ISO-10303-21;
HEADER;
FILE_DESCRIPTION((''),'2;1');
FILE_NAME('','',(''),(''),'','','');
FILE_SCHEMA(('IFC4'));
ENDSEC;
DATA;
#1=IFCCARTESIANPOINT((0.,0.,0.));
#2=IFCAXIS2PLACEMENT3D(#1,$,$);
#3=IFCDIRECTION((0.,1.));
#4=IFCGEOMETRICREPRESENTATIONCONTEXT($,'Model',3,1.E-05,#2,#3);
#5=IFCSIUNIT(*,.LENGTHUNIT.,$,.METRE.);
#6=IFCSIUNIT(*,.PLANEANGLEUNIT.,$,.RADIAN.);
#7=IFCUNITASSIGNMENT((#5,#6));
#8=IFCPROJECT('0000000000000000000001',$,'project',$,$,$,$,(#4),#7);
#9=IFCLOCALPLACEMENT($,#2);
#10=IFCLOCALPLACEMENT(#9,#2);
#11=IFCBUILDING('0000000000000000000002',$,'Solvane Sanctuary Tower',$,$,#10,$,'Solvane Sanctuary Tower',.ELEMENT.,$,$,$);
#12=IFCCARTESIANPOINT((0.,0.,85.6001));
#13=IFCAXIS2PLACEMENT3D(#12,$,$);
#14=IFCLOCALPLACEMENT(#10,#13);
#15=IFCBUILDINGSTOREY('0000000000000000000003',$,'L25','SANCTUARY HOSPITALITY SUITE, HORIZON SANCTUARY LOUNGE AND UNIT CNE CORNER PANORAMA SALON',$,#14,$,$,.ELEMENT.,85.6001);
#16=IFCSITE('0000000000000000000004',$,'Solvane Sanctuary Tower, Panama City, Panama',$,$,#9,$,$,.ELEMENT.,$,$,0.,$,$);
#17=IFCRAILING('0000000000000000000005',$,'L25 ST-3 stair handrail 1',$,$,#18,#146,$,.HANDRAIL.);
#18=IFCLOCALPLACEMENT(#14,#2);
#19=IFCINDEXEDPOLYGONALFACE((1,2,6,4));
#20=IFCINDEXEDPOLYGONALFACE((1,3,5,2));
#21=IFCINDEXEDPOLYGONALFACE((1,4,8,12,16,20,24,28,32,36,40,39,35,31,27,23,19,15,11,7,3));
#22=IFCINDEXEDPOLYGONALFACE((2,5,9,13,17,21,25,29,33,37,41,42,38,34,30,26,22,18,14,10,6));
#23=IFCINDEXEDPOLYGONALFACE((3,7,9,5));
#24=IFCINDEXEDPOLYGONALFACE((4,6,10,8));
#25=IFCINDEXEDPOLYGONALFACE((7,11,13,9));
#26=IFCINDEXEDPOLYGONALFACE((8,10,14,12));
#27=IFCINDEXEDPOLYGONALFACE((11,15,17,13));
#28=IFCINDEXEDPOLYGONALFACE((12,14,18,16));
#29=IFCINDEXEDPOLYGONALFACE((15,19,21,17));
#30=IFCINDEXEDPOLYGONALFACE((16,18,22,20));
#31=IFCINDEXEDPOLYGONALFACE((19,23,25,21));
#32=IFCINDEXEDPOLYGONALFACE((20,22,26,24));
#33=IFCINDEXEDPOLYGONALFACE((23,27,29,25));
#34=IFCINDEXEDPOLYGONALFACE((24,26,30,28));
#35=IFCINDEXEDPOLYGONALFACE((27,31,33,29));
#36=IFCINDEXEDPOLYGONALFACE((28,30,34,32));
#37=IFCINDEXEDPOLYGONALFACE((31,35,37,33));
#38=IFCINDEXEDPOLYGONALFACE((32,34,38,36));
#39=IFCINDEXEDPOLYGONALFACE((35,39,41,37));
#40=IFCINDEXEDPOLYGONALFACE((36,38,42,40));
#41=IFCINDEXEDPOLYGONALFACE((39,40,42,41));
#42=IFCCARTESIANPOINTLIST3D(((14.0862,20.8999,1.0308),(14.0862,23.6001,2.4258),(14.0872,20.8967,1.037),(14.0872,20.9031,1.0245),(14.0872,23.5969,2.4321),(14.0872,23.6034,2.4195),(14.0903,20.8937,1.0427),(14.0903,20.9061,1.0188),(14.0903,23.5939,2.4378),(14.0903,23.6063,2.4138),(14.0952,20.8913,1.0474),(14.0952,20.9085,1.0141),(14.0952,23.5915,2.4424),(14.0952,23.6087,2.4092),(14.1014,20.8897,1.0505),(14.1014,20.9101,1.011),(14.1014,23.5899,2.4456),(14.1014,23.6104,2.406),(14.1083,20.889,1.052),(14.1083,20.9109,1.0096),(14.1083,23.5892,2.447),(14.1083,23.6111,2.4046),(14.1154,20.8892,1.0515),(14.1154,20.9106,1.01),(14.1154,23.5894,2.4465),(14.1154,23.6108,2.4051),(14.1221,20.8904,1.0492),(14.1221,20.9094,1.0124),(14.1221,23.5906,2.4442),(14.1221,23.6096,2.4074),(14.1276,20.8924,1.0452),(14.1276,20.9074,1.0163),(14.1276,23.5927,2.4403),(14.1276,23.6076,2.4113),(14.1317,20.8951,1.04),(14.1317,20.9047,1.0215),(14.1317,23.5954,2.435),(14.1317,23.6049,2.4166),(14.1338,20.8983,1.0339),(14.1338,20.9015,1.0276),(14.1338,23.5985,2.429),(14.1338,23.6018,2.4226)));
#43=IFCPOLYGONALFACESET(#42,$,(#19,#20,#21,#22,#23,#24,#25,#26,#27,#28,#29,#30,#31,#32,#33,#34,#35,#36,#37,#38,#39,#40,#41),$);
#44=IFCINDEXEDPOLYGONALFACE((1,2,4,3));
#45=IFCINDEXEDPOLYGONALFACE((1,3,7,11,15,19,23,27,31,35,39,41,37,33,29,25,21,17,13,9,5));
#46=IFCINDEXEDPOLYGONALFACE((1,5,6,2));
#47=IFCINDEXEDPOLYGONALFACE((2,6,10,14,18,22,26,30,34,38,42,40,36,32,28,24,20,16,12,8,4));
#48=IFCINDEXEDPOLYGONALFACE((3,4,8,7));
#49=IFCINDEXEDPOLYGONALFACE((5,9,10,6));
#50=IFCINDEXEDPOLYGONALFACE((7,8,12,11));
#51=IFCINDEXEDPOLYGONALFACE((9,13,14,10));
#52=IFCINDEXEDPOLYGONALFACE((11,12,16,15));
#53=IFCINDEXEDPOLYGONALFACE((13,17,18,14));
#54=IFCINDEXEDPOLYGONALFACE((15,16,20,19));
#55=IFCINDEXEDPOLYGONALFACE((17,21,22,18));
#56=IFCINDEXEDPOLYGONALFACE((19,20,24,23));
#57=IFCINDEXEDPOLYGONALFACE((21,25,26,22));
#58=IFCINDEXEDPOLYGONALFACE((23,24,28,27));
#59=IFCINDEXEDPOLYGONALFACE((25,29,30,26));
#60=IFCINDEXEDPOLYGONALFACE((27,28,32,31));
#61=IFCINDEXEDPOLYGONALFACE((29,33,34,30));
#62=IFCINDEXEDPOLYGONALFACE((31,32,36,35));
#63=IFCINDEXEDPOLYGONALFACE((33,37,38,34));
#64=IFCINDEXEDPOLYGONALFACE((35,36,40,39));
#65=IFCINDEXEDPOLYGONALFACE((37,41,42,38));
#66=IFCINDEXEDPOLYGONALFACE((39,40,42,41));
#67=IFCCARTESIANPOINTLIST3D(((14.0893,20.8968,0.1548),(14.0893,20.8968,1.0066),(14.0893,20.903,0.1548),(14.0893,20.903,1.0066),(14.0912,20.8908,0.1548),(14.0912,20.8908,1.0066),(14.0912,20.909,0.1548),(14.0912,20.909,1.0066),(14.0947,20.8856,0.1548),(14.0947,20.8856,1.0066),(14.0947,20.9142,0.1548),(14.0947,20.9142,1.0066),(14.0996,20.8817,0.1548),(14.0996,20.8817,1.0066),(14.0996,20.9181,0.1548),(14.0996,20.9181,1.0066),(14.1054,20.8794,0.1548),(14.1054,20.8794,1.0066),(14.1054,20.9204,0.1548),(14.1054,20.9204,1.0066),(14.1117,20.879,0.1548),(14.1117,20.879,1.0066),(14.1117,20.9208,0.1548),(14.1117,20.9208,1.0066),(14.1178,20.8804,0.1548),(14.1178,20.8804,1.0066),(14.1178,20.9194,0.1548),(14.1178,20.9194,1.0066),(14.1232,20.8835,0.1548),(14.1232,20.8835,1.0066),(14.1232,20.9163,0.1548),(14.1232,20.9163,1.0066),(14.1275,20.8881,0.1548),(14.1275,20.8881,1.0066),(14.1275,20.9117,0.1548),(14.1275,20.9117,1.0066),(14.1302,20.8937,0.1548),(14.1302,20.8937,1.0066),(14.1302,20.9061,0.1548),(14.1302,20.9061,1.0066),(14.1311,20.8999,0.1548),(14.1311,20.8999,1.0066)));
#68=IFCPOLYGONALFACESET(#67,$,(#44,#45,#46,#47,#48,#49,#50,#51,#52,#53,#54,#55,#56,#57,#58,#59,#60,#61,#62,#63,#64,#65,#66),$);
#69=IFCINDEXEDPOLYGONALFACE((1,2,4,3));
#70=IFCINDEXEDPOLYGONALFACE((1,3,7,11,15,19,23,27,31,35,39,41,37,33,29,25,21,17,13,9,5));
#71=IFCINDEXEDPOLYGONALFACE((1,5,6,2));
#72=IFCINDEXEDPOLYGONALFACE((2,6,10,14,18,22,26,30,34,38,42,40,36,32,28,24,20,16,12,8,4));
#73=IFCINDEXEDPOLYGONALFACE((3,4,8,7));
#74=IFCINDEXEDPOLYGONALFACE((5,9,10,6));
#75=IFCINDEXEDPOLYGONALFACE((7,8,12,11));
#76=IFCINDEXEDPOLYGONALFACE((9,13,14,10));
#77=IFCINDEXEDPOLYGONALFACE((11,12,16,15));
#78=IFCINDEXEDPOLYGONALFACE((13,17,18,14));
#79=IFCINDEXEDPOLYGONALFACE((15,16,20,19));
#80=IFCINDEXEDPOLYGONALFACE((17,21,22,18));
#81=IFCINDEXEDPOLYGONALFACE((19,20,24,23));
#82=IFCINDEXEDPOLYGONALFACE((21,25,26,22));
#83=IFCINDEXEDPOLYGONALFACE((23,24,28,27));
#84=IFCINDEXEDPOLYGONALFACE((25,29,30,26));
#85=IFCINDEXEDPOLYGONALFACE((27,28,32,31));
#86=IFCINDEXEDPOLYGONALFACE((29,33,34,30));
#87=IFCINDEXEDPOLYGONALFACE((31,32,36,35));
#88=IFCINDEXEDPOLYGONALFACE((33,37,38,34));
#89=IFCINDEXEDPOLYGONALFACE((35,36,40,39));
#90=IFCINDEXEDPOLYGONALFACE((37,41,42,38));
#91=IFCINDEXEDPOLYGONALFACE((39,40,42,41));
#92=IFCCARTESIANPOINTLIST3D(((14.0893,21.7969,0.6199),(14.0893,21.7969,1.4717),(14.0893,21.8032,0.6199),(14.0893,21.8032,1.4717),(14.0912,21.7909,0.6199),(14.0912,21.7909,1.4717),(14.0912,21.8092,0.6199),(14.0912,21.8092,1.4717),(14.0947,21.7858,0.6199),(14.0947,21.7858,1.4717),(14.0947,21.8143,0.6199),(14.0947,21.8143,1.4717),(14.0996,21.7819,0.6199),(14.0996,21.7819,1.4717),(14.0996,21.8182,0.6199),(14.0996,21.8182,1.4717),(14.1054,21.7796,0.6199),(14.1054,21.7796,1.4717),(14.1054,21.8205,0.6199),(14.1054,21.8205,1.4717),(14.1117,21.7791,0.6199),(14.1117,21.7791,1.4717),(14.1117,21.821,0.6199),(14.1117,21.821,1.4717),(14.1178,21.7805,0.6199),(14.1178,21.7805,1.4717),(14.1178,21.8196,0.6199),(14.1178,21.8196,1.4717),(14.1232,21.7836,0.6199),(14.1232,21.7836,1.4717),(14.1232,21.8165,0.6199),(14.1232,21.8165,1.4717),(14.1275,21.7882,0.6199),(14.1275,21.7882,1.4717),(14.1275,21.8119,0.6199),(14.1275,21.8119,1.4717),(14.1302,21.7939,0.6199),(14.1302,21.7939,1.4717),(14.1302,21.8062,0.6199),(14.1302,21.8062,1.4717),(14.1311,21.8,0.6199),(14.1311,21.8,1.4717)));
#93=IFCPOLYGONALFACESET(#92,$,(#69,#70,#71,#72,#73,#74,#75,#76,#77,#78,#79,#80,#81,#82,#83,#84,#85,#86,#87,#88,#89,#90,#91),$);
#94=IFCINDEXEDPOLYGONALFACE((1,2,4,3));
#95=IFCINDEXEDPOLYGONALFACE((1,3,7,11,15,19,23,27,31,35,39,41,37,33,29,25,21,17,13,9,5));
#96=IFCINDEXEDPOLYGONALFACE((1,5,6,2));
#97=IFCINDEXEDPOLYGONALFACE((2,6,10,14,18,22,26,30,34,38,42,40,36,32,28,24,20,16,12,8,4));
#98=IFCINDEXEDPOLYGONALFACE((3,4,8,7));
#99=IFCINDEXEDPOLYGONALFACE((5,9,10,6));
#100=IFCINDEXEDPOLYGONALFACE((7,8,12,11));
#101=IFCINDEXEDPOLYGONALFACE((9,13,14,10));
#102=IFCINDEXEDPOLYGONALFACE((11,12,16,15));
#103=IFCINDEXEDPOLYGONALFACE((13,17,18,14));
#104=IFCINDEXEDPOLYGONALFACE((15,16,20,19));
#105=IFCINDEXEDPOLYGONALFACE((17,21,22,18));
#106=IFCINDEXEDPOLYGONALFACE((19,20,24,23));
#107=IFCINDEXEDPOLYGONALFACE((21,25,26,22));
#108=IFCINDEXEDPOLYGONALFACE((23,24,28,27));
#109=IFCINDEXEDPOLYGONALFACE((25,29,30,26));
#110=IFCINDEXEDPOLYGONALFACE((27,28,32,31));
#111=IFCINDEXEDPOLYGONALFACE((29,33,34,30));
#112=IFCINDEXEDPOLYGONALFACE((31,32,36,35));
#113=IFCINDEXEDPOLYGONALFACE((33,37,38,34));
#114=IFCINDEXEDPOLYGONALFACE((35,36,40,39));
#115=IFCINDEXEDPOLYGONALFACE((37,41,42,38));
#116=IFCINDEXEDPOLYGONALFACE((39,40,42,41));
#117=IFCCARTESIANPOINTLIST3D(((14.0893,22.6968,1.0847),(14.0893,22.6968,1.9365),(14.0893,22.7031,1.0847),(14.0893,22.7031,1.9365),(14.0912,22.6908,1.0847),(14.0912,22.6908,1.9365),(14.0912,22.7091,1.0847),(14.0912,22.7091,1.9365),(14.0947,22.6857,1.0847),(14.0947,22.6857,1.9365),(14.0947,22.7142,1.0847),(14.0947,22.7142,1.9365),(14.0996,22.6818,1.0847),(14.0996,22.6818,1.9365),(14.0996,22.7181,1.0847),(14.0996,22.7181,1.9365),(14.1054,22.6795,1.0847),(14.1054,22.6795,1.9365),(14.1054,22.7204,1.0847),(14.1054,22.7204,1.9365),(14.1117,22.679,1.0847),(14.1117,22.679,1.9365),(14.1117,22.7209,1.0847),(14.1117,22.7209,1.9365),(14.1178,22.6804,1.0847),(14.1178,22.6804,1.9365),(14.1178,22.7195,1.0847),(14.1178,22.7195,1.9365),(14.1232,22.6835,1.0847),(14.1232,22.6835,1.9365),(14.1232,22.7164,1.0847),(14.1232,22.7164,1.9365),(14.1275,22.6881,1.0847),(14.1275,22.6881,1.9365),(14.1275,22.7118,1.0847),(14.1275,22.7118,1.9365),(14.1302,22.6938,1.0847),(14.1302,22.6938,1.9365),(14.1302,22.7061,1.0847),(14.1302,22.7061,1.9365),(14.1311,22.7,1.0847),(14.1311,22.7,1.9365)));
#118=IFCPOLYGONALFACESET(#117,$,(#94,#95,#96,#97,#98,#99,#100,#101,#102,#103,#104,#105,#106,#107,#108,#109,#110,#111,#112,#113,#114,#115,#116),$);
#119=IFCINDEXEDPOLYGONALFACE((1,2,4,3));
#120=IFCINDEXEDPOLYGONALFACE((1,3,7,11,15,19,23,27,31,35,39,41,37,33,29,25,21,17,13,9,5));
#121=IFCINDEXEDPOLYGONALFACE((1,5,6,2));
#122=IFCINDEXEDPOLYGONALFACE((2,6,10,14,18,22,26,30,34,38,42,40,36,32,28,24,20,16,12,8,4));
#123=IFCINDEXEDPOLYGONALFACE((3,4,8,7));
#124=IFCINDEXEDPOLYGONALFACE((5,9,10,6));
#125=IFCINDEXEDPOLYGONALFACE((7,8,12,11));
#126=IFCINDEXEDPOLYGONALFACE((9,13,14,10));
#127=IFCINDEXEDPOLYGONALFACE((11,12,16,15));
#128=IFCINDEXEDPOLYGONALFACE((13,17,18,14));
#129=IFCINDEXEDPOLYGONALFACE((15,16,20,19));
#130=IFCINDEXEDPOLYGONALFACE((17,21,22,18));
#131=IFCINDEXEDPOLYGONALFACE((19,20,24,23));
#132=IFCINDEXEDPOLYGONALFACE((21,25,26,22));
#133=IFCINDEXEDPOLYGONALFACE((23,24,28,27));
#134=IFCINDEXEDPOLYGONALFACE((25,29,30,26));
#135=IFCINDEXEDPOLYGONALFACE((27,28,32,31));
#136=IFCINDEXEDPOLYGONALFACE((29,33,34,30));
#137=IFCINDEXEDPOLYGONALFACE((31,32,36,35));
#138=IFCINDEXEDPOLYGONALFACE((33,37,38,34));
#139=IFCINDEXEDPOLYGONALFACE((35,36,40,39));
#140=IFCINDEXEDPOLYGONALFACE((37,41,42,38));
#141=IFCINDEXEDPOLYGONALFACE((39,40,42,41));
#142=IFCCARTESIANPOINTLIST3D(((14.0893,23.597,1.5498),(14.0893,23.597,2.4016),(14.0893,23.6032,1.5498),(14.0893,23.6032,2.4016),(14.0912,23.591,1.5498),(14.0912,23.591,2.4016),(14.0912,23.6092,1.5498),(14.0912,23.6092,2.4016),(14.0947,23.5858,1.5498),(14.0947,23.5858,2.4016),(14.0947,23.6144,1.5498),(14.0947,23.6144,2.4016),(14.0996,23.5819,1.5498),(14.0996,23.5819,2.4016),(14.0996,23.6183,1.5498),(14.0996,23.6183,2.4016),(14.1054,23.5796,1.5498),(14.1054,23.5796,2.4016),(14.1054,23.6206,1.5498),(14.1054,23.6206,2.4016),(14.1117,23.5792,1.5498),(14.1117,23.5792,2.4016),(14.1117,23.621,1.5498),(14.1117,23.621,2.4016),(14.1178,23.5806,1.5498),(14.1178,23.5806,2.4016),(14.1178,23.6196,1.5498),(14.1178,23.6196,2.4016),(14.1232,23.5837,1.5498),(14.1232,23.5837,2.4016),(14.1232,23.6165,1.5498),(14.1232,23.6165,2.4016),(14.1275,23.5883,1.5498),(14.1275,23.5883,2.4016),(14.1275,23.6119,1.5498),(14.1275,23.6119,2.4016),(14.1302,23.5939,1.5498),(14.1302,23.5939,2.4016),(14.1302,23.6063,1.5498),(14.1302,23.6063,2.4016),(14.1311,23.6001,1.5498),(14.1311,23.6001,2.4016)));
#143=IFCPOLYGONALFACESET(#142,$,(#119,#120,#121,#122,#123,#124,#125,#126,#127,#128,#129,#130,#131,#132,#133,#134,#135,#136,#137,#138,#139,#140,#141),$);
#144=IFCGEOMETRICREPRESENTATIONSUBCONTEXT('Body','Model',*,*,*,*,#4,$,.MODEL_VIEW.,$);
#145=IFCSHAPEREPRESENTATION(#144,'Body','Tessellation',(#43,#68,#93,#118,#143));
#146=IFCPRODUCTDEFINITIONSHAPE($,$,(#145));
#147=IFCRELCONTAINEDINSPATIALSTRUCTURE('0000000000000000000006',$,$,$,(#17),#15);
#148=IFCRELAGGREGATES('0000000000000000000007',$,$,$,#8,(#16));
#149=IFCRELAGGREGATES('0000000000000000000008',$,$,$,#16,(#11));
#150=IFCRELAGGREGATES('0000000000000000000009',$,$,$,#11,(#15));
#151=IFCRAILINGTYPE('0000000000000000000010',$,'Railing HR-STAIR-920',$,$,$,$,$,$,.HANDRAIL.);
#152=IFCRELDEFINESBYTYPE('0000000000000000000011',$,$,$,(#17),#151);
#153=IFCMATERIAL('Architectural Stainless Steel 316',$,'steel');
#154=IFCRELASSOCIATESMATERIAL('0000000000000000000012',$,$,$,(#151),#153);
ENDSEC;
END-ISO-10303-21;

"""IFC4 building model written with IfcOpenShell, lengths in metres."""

from ifc_helpers import new_model, si_unit, direction, frame, origin, origin_2d, place, context, subcontext, project, spatial, circle, extrude, material, type_object, element, save


model = new_model("IFC4")

# Units and contexts
model_context = context("Model", 3, precision=1e-05, world=origin(), true_north=direction((0.0, 1.0)))
body_context = subcontext(model_context, "Body", "Model", "MODEL_VIEW")
ifc_project = project(units=[si_unit("LENGTHUNIT", "METRE"), si_unit("PLANEANGLEUNIT", "RADIAN")], contexts=[model_context])

# Site, building, storey
site_placement = place(None, origin())
site = spatial("IfcSite", under=ifc_project, at=site_placement, Name="Solvane Sanctuary Tower, Panama City, Panama", CompositionType="ELEMENT", RefElevation=0.0)
building_placement = place(site_placement, origin())
building = spatial("IfcBuilding", under=site, at=building_placement, Name="Solvane Sanctuary Tower", LongName="Solvane Sanctuary Tower", CompositionType="ELEMENT")
storey_placement = place(building_placement, frame((0.0, 0.0, 85.6001)))
storey = spatial("IfcBuildingStorey", under=building, at=storey_placement, Name="L25", Description="SANCTUARY HOSPITALITY SUITE, HORIZON SANCTUARY LOUNGE AND UNIT CNE CORNER PANORAMA SALON", CompositionType="ELEMENT", Elevation=85.6001)

# Railing
ifc_material_1 = material(Name="Architectural Stainless Steel 316", Category="steel")
railing_type_1 = type_object("IfcRailingType", Name="Railing HR-STAIR-920", PredefinedType="HANDRAIL", material=ifc_material_1)
railing_1_placement = place(storey_placement, frame((14.1101, 20.8999, 0.1548)))
element("IfcRailing", 1, at=railing_1_placement, inside=storey, type_object=railing_type_1, Name="L25 ST-3 stair handrail 1", PredefinedType="HANDRAIL", context=body_context, shape_type="SweptSolid", body=[
    extrude(circle(Radius=0.0239, at=origin_2d()), frame((0.0, 0.0, 0.876), z_axis=(0.0, 0.888437, 0.458999), x_axis=(-1.0, 0.0, 0.0)), (0.0, 0.0, 1.0), 3.0393),
    extrude(circle(Radius=0.021, at=origin_2d()), origin(), (0.0, 0.0, 1.0), 0.8518),
    extrude(circle(Radius=0.021, at=origin_2d()), frame((0.0, 0.9001, 0.4651)), (0.0, 0.0, 1.0), 0.8518),
    extrude(circle(Radius=0.021, at=origin_2d()), frame((0.0, 1.8, 0.9299)), (0.0, 0.0, 1.0), 0.8518),
    extrude(circle(Radius=0.021, at=origin_2d()), frame((0.0, 2.7002, 1.395)), (0.0, 0.0, 1.0), 0.8518),
])

save(model, "model.ifc")
